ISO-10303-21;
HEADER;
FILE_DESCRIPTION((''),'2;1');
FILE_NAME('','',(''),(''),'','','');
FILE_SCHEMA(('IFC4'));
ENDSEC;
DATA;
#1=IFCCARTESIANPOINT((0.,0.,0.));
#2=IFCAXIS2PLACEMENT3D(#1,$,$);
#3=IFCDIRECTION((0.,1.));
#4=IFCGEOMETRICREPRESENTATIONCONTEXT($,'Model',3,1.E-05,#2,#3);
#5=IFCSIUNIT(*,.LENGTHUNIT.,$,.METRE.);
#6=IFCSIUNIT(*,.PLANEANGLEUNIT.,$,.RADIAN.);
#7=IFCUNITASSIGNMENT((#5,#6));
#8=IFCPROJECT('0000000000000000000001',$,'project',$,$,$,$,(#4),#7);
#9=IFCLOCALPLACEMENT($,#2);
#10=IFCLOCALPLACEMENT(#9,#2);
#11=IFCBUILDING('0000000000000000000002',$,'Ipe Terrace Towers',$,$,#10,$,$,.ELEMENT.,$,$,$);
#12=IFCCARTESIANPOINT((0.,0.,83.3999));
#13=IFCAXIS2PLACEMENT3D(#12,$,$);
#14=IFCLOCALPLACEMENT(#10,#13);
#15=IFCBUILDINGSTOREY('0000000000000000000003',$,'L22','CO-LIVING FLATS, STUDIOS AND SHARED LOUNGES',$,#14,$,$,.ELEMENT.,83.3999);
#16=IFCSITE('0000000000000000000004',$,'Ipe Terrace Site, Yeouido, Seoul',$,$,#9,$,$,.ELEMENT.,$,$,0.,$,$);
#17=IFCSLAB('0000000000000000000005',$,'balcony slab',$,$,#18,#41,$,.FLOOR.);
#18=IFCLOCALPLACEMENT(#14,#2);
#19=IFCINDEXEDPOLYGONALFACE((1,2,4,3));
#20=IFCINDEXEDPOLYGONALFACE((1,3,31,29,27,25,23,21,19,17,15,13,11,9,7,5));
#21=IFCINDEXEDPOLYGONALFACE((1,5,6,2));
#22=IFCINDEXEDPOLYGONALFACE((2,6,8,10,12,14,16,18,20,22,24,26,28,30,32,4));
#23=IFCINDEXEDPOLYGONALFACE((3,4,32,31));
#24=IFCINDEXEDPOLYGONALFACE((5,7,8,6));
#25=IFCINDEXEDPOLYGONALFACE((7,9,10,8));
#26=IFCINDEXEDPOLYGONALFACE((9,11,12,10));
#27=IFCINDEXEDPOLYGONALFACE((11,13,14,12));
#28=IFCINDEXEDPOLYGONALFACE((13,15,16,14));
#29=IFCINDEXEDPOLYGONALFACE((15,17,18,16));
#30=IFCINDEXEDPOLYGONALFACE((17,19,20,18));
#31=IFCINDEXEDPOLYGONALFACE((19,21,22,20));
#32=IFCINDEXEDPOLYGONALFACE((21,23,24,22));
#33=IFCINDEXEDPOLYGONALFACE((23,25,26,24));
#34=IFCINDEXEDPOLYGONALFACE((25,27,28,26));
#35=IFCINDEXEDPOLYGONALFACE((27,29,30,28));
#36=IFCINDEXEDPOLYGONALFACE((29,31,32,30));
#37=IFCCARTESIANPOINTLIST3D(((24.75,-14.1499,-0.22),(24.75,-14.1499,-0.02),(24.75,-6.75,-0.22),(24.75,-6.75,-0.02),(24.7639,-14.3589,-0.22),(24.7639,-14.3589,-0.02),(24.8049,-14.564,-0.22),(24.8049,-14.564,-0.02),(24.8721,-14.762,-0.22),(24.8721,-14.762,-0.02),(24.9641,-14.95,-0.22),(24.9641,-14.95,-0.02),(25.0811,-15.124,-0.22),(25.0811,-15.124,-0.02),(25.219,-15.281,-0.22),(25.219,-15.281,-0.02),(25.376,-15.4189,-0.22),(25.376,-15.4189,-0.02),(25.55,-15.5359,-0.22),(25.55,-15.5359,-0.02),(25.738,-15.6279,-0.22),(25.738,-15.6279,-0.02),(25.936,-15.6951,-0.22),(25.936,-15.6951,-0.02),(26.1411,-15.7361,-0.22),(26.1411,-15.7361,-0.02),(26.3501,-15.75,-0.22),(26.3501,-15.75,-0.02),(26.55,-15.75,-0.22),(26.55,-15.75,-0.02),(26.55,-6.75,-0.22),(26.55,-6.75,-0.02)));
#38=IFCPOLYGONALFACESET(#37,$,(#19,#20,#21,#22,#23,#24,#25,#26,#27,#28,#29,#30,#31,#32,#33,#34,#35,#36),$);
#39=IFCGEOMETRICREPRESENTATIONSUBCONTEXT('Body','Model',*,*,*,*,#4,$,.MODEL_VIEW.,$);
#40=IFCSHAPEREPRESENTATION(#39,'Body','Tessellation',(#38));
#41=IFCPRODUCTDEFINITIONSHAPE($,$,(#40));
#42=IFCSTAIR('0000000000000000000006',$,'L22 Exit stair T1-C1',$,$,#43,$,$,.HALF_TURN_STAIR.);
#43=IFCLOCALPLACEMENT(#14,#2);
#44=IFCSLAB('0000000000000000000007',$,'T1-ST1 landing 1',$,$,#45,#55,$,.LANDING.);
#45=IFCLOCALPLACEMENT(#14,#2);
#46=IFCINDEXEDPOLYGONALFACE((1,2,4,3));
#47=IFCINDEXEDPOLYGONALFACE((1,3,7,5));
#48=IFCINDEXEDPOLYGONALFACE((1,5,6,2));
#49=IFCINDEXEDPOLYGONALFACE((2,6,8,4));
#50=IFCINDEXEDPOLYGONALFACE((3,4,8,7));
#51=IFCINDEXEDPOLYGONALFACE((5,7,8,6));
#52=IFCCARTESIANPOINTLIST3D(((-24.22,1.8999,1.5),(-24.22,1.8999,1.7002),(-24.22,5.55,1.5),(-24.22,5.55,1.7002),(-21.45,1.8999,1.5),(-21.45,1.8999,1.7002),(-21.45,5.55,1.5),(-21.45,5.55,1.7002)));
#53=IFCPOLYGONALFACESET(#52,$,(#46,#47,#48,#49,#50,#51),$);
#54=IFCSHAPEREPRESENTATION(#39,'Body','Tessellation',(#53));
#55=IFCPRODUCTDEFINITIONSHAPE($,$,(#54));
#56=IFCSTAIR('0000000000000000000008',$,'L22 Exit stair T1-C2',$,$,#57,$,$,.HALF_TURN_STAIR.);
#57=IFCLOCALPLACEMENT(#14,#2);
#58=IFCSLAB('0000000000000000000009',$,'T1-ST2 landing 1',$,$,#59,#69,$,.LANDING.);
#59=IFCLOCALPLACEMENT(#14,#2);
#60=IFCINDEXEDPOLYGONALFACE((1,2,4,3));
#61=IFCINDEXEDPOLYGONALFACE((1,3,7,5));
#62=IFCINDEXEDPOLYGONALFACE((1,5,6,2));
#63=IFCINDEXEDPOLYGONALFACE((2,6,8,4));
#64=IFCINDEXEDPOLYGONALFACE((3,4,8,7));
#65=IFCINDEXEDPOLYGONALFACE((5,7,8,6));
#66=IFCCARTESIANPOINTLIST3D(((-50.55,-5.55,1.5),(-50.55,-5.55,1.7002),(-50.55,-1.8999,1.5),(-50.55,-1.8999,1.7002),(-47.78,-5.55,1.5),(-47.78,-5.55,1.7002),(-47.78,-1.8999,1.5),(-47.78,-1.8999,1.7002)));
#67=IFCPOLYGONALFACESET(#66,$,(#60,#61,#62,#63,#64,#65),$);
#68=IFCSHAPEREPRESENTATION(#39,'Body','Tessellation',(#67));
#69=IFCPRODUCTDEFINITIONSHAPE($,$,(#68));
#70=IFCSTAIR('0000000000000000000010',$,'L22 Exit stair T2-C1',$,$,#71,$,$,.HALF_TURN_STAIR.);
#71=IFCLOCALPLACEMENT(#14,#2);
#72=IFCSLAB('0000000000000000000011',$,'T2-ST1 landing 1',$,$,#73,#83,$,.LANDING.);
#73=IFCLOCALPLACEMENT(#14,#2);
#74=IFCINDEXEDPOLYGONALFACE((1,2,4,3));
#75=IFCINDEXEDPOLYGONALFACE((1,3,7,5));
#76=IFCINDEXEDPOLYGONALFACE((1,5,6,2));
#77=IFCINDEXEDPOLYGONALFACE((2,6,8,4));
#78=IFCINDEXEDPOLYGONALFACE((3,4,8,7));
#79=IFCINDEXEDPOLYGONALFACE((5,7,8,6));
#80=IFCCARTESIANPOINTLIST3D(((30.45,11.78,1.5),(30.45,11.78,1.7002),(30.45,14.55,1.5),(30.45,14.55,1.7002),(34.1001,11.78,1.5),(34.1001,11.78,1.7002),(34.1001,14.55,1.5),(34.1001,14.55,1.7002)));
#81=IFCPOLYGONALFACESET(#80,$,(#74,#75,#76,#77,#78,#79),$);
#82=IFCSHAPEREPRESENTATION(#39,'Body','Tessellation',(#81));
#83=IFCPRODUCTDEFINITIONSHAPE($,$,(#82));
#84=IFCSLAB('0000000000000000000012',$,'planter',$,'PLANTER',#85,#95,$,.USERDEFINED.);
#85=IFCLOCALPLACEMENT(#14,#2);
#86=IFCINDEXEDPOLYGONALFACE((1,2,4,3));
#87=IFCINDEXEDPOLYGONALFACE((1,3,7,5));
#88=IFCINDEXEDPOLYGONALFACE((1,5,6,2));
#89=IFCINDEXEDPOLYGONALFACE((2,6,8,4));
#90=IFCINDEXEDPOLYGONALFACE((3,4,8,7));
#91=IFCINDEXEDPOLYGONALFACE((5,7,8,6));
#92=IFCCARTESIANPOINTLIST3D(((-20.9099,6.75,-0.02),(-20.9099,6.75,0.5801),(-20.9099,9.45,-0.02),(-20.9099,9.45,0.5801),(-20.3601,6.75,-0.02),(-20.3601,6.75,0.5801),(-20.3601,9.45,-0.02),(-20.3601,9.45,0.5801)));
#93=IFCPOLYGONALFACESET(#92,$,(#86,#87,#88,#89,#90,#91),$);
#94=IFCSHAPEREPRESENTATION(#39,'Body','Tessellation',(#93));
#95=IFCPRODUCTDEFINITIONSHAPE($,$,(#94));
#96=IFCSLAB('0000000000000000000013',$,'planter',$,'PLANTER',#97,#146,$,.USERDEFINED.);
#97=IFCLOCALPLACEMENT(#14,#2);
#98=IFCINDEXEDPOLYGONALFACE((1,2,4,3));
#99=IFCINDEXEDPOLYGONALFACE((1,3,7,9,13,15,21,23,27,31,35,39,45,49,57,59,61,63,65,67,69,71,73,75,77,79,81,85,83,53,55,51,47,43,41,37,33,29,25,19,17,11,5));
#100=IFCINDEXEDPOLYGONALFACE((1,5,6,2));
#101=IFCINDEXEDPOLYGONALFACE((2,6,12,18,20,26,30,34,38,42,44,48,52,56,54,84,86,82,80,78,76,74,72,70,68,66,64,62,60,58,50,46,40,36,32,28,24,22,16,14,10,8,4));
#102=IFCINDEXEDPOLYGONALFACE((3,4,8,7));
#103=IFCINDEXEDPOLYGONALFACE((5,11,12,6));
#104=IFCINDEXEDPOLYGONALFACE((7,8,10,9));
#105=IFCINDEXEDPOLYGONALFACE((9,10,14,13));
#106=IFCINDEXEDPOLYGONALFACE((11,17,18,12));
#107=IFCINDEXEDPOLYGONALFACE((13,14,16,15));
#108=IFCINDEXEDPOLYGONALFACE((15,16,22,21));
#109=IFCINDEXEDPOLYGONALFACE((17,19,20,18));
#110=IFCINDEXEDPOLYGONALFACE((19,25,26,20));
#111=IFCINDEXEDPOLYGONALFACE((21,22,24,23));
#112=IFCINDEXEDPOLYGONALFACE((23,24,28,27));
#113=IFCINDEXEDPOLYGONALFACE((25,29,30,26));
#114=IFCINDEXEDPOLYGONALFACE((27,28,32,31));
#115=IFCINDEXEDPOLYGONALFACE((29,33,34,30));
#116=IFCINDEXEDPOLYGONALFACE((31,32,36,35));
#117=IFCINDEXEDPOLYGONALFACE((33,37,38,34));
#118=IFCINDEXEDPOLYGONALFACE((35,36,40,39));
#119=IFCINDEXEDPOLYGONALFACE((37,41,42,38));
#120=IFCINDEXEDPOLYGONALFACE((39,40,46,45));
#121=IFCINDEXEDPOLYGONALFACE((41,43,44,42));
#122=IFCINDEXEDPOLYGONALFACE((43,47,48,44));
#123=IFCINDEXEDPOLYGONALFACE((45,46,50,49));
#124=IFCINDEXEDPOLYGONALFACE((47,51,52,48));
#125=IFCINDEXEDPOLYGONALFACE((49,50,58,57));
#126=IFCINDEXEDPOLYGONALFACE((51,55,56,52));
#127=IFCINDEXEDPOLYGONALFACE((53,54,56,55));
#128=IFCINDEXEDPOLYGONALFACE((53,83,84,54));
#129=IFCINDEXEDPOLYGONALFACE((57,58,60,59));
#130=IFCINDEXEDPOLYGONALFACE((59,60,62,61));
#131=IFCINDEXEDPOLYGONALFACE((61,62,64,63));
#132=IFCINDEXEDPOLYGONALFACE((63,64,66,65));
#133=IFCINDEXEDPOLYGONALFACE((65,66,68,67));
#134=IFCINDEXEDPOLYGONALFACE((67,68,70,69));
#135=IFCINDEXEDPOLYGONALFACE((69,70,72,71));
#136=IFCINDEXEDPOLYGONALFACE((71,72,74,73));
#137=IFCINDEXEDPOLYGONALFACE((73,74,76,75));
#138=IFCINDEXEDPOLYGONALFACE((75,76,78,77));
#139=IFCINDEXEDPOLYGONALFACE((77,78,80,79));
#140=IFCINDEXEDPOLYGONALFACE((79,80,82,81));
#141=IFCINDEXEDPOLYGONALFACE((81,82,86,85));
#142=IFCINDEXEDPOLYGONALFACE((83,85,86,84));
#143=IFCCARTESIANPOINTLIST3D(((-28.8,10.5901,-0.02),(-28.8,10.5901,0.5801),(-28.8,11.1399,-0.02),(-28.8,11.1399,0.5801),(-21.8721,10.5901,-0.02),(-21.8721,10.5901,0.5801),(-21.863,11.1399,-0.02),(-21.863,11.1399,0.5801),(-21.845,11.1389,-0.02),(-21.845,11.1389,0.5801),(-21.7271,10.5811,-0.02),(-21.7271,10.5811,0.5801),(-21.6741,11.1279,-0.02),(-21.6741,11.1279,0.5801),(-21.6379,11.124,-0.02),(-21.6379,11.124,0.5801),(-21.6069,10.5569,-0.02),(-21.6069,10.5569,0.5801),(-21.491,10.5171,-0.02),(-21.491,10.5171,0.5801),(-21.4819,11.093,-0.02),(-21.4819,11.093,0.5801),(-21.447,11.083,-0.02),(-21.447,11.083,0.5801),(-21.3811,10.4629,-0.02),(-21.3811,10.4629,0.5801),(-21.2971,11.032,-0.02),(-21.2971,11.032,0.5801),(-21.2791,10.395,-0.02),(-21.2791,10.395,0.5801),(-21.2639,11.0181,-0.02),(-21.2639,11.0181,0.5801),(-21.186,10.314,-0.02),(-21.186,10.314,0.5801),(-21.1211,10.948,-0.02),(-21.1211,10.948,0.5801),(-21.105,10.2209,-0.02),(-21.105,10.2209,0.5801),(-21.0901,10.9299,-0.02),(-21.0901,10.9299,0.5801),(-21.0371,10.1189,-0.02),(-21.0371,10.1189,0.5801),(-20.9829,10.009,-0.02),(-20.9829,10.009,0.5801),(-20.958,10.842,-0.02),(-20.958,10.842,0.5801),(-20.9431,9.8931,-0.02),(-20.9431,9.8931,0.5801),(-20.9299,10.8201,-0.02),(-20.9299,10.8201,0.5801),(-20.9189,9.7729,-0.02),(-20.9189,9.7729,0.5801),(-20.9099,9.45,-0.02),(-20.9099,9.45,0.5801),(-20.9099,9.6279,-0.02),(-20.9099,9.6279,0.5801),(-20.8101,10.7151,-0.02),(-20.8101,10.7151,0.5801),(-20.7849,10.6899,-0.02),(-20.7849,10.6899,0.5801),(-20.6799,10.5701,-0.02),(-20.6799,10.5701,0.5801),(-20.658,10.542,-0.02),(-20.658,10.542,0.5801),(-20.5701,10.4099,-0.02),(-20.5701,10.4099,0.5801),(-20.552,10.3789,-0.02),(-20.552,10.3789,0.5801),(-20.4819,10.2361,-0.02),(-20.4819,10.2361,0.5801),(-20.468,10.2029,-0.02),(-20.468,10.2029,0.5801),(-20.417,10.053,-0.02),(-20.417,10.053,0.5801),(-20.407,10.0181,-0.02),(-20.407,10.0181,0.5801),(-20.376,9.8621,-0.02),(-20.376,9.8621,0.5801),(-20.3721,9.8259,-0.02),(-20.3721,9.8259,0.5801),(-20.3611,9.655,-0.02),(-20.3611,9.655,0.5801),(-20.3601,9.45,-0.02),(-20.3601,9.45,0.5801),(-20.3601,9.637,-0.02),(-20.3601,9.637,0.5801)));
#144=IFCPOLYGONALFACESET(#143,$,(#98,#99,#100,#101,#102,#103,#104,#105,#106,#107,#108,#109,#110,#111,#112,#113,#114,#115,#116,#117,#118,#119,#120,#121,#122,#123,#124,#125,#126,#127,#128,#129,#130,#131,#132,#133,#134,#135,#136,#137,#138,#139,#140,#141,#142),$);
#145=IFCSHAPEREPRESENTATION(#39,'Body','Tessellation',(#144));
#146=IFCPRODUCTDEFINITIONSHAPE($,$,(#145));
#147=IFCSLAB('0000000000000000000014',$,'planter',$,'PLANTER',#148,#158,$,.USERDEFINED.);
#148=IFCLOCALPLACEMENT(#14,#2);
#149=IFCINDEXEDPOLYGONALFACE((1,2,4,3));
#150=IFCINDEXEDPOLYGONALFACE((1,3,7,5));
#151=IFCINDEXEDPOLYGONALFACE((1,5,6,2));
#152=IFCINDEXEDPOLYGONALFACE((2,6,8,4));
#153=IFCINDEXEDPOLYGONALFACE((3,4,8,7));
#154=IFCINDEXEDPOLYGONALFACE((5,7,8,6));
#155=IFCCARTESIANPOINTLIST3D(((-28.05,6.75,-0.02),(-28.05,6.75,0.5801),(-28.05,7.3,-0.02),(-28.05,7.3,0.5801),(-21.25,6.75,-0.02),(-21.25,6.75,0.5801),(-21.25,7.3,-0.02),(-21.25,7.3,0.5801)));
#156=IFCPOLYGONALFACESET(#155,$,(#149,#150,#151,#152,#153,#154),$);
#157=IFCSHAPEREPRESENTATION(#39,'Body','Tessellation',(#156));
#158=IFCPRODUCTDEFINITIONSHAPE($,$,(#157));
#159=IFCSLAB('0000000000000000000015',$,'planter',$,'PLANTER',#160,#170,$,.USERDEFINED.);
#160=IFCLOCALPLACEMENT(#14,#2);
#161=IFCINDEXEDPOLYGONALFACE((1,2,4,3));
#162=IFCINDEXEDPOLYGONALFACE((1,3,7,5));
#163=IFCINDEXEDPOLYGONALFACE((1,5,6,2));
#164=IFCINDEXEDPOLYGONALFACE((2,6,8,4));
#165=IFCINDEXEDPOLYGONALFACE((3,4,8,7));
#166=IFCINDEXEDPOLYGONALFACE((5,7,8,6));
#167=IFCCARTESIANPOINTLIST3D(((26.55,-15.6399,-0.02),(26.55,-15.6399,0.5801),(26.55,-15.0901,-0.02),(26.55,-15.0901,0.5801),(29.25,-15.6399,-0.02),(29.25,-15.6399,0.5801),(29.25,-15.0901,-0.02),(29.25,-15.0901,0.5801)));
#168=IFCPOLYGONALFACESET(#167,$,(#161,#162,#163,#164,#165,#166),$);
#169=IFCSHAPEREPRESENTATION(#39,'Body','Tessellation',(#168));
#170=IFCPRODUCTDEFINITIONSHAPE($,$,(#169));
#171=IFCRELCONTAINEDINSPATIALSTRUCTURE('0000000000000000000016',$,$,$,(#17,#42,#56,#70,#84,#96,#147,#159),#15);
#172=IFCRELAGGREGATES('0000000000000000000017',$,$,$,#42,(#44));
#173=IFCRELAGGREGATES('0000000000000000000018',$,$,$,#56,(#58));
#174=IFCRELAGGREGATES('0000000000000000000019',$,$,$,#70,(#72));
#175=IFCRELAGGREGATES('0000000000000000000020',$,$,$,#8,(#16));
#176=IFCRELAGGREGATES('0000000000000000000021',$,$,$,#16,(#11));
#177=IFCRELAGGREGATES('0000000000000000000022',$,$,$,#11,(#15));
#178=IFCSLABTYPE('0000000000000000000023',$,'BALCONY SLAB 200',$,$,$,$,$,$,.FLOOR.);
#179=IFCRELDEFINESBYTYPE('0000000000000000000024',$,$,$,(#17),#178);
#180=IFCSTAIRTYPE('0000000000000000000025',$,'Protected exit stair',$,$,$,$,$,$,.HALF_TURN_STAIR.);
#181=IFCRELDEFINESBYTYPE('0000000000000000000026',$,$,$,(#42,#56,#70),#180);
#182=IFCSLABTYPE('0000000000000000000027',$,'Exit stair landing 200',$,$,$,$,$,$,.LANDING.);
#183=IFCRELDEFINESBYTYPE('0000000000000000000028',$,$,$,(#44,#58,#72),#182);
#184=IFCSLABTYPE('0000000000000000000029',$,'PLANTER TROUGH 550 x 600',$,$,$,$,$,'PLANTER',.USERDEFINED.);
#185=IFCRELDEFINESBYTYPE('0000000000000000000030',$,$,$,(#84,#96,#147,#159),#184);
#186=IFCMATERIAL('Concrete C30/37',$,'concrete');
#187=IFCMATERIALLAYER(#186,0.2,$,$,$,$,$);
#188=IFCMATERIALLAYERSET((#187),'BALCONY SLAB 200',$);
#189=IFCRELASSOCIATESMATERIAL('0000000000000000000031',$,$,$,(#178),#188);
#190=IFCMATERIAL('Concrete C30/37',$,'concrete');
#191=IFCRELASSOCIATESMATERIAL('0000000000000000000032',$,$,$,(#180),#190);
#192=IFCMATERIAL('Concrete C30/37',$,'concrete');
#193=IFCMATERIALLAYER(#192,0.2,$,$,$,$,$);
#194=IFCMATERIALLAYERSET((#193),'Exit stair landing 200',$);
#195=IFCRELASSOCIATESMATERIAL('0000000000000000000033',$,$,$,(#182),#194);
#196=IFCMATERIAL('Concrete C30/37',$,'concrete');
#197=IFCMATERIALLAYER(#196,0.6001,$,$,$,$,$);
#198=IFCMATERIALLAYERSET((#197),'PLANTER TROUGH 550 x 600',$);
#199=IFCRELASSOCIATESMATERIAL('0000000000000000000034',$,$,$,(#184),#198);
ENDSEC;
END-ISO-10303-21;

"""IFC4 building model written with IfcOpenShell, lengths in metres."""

from ifc_helpers import new_model, si_unit, direction, frame, origin, place, context, subcontext, project, spatial, polyline, outline, extrude, material, layer, layer_set, type_object, element, aggregate, save


model = new_model("IFC4")

# Units and contexts
model_context = context("Model", 3, precision=1e-05, world=origin(), true_north=direction((0.0, 1.0)))
body_context = subcontext(model_context, "Body", "Model", "MODEL_VIEW")
ifc_project = project(units=[si_unit("LENGTHUNIT", "METRE"), si_unit("PLANEANGLEUNIT", "RADIAN")], contexts=[model_context])

# Site, building, storey
site_placement = place(None, origin())
site = spatial("IfcSite", under=ifc_project, at=site_placement, Name="Ipe Terrace Site, Yeouido, Seoul", CompositionType="ELEMENT", RefElevation=0.0)
building_placement = place(site_placement, origin())
building = spatial("IfcBuilding", under=site, at=building_placement, Name="Ipe Terrace Towers", CompositionType="ELEMENT")
storey_placement = place(building_placement, frame((0.0, 0.0, 83.3999)))
storey = spatial("IfcBuildingStorey", under=building, at=storey_placement, Name="L22", Description="CO-LIVING FLATS, STUDIOS AND SHARED LOUNGES", CompositionType="ELEMENT", Elevation=83.3999)

# Slab
ifc_material_1 = material(Name="Concrete C30/37", Category="concrete")
ifc_layer_1 = layer(ifc_material_1, 0.2)
ifc_layer_set_1 = layer_set([ifc_layer_1], Name="BALCONY SLAB 200")
slab_type_1 = type_object("IfcSlabType", Name="BALCONY SLAB 200", PredefinedType="FLOOR", material=ifc_layer_set_1)
slab_1_placement = place(storey_placement, frame((0.0, 0.0, -0.22)))
element("IfcSlab", 1, at=slab_1_placement, inside=storey, type_object=slab_type_1, Name="balcony slab", PredefinedType="FLOOR", context=body_context, shape_type="SweptSolid", body=[
    extrude(outline(polyline([(24.75, -6.75), (24.75, -14.1499), (24.7639, -14.3589), (24.8049, -14.564), (24.8721, -14.762), (24.9641, -14.95), (25.0811, -15.124), (25.219, -15.281), (25.376, -15.4189), (25.55, -15.5359), (25.738, -15.6279), (25.936, -15.6951), (26.1411, -15.7361), (26.3501, -15.75), (26.55, -15.75), (26.55, -6.75), (24.75, -6.75)])), origin(), (0.0, 0.0, 1.0), 0.2),
])

# Stairs, slabs
ifc_material_2 = material(Name="Concrete C30/37", Category="concrete")
stair_type = type_object("IfcStairType", Name="Protected exit stair", PredefinedType="HALF_TURN_STAIR", material=ifc_material_2)
stair_1_placement = place(storey_placement, origin())
stair_1 = element("IfcStair", 2, at=stair_1_placement, inside=storey, type_object=stair_type, Name="L22 Exit stair T1-C1", PredefinedType="HALF_TURN_STAIR")
ifc_material_3 = material(Name="Concrete C30/37", Category="concrete")
ifc_layer_2 = layer(ifc_material_3, 0.2)
ifc_layer_set_2 = layer_set([ifc_layer_2], Name="Exit stair landing 200")
slab_type_2 = type_object("IfcSlabType", Name="Exit stair landing 200", PredefinedType="LANDING", material=ifc_layer_set_2)
slab_2_placement = place(storey_placement, frame((0.0, 0.0, 1.5)))
slab_2 = element("IfcSlab", 3, at=slab_2_placement, type_object=slab_type_2, Name="T1-ST1 landing 1", PredefinedType="LANDING", context=body_context, shape_type="SweptSolid", body=[
    extrude(outline(polyline([(-24.22, 1.8999), (-21.45, 1.8999), (-21.45, 5.55), (-24.22, 5.55), (-24.22, 1.8999)])), origin(), (0.0, 0.0, 1.0), 0.2002),
])
aggregate(stair_1, [slab_2])
stair_2_placement = place(storey_placement, origin())
stair_2 = element("IfcStair", 4, at=stair_2_placement, inside=storey, type_object=stair_type, Name="L22 Exit stair T1-C2", PredefinedType="HALF_TURN_STAIR")
slab_3_placement = place(storey_placement, frame((0.0, 0.0, 1.5)))
slab_3 = element("IfcSlab", 5, at=slab_3_placement, type_object=slab_type_2, Name="T1-ST2 landing 1", PredefinedType="LANDING", context=body_context, shape_type="SweptSolid", body=[
    extrude(outline(polyline([(-47.78, -1.8999), (-50.55, -1.8999), (-50.55, -5.55), (-47.78, -5.55), (-47.78, -1.8999)])), origin(), (0.0, 0.0, 1.0), 0.2002),
])
aggregate(stair_2, [slab_3])
stair_3_placement = place(storey_placement, origin())
stair_3 = element("IfcStair", 6, at=stair_3_placement, inside=storey, type_object=stair_type, Name="L22 Exit stair T2-C1", PredefinedType="HALF_TURN_STAIR")
slab_4_placement = place(storey_placement, frame((0.0, 0.0, 1.5)))
slab_4 = element("IfcSlab", 7, at=slab_4_placement, type_object=slab_type_2, Name="T2-ST1 landing 1", PredefinedType="LANDING", context=body_context, shape_type="SweptSolid", body=[
    extrude(outline(polyline([(34.1001, 11.78), (34.1001, 14.55), (30.45, 14.55), (30.45, 11.78), (34.1001, 11.78)])), origin(), (0.0, 0.0, 1.0), 0.2002),
])
aggregate(stair_3, [slab_4])

# Slabs
ifc_material_4 = material(Name="Concrete C30/37", Category="concrete")
ifc_layer_3 = layer(ifc_material_4, 0.6001)
ifc_layer_set_3 = layer_set([ifc_layer_3], Name="PLANTER TROUGH 550 x 600")
slab_type_3 = type_object("IfcSlabType", Name="PLANTER TROUGH 550 x 600", ElementType="PLANTER", PredefinedType="USERDEFINED", material=ifc_layer_set_3)
slab_5_placement = place(storey_placement, frame((0.0, 0.0, -0.02)))
element("IfcSlab", 8, at=slab_5_placement, inside=storey, type_object=slab_type_3, Name="planter", ObjectType="PLANTER", PredefinedType="USERDEFINED", context=body_context, shape_type="SweptSolid", body=[
    extrude(outline(polyline([(-20.3601, 6.75), (-20.3601, 9.45), (-20.9099, 9.45), (-20.9099, 6.75), (-20.3601, 6.75)])), origin(), (0.0, 0.0, 1.0), 0.6001),
])
slab_6_placement = place(storey_placement, frame((0.0, 0.0, -0.02)))
element("IfcSlab", 9, at=slab_6_placement, inside=storey, type_object=slab_type_3, Name="planter", ObjectType="PLANTER", PredefinedType="USERDEFINED", context=body_context, shape_type="SweptSolid", body=[
    extrude(outline(polyline([(-20.9431, 9.8931), (-20.9189, 9.7729), (-20.9099, 9.6279), (-20.9099, 9.45), (-20.3601, 9.45), (-20.3601, 9.637), (-20.3611, 9.655), (-20.3721, 9.8259), (-20.376, 9.8621), (-20.407, 10.0181), (-20.417, 10.053), (-20.468, 10.2029), (-20.4819, 10.2361), (-20.552, 10.3789), (-20.5701, 10.4099), (-20.658, 10.542), (-20.6799, 10.5701), (-20.7849, 10.6899), (-20.8101, 10.7151), (-20.9299, 10.8201), (-20.958, 10.842), (-21.0901, 10.9299), (-21.1211, 10.948), (-21.2639, 11.0181), (-21.2971, 11.032), (-21.447, 11.083), (-21.4819, 11.093), (-21.6379, 11.124), (-21.6741, 11.1279), (-21.845, 11.1389), (-21.863, 11.1399), (-28.8, 11.1399), (-28.8, 10.5901), (-21.8721, 10.5901), (-21.7271, 10.5811), (-21.6069, 10.5569), (-21.491, 10.5171), (-21.3811, 10.4629), (-21.2791, 10.395), (-21.186, 10.314), (-21.105, 10.2209), (-21.0371, 10.1189), (-20.9829, 10.009), (-20.9431, 9.8931)])), origin(), (0.0, 0.0, 1.0), 0.6001),
])
slab_7_placement = place(storey_placement, frame((0.0, 0.0, -0.02)))
element("IfcSlab", 10, at=slab_7_placement, inside=storey, type_object=slab_type_3, Name="planter", ObjectType="PLANTER", PredefinedType="USERDEFINED", context=body_context, shape_type="SweptSolid", body=[
    extrude(outline(polyline([(-28.05, 6.75), (-21.25, 6.75), (-21.25, 7.3), (-28.05, 7.3), (-28.05, 6.75)])), origin(), (0.0, 0.0, 1.0), 0.6001),
])
slab_8_placement = place(storey_placement, frame((0.0, 0.0, -0.02)))
element("IfcSlab", 11, at=slab_8_placement, inside=storey, type_object=slab_type_3, Name="planter", ObjectType="PLANTER", PredefinedType="USERDEFINED", context=body_context, shape_type="SweptSolid", body=[
    extrude(outline(polyline([(29.25, -15.6399), (29.25, -15.0901), (26.55, -15.0901), (26.55, -15.6399), (29.25, -15.6399)])), origin(), (0.0, 0.0, 1.0), 0.6001),
])

save(model, "model.ifc")
